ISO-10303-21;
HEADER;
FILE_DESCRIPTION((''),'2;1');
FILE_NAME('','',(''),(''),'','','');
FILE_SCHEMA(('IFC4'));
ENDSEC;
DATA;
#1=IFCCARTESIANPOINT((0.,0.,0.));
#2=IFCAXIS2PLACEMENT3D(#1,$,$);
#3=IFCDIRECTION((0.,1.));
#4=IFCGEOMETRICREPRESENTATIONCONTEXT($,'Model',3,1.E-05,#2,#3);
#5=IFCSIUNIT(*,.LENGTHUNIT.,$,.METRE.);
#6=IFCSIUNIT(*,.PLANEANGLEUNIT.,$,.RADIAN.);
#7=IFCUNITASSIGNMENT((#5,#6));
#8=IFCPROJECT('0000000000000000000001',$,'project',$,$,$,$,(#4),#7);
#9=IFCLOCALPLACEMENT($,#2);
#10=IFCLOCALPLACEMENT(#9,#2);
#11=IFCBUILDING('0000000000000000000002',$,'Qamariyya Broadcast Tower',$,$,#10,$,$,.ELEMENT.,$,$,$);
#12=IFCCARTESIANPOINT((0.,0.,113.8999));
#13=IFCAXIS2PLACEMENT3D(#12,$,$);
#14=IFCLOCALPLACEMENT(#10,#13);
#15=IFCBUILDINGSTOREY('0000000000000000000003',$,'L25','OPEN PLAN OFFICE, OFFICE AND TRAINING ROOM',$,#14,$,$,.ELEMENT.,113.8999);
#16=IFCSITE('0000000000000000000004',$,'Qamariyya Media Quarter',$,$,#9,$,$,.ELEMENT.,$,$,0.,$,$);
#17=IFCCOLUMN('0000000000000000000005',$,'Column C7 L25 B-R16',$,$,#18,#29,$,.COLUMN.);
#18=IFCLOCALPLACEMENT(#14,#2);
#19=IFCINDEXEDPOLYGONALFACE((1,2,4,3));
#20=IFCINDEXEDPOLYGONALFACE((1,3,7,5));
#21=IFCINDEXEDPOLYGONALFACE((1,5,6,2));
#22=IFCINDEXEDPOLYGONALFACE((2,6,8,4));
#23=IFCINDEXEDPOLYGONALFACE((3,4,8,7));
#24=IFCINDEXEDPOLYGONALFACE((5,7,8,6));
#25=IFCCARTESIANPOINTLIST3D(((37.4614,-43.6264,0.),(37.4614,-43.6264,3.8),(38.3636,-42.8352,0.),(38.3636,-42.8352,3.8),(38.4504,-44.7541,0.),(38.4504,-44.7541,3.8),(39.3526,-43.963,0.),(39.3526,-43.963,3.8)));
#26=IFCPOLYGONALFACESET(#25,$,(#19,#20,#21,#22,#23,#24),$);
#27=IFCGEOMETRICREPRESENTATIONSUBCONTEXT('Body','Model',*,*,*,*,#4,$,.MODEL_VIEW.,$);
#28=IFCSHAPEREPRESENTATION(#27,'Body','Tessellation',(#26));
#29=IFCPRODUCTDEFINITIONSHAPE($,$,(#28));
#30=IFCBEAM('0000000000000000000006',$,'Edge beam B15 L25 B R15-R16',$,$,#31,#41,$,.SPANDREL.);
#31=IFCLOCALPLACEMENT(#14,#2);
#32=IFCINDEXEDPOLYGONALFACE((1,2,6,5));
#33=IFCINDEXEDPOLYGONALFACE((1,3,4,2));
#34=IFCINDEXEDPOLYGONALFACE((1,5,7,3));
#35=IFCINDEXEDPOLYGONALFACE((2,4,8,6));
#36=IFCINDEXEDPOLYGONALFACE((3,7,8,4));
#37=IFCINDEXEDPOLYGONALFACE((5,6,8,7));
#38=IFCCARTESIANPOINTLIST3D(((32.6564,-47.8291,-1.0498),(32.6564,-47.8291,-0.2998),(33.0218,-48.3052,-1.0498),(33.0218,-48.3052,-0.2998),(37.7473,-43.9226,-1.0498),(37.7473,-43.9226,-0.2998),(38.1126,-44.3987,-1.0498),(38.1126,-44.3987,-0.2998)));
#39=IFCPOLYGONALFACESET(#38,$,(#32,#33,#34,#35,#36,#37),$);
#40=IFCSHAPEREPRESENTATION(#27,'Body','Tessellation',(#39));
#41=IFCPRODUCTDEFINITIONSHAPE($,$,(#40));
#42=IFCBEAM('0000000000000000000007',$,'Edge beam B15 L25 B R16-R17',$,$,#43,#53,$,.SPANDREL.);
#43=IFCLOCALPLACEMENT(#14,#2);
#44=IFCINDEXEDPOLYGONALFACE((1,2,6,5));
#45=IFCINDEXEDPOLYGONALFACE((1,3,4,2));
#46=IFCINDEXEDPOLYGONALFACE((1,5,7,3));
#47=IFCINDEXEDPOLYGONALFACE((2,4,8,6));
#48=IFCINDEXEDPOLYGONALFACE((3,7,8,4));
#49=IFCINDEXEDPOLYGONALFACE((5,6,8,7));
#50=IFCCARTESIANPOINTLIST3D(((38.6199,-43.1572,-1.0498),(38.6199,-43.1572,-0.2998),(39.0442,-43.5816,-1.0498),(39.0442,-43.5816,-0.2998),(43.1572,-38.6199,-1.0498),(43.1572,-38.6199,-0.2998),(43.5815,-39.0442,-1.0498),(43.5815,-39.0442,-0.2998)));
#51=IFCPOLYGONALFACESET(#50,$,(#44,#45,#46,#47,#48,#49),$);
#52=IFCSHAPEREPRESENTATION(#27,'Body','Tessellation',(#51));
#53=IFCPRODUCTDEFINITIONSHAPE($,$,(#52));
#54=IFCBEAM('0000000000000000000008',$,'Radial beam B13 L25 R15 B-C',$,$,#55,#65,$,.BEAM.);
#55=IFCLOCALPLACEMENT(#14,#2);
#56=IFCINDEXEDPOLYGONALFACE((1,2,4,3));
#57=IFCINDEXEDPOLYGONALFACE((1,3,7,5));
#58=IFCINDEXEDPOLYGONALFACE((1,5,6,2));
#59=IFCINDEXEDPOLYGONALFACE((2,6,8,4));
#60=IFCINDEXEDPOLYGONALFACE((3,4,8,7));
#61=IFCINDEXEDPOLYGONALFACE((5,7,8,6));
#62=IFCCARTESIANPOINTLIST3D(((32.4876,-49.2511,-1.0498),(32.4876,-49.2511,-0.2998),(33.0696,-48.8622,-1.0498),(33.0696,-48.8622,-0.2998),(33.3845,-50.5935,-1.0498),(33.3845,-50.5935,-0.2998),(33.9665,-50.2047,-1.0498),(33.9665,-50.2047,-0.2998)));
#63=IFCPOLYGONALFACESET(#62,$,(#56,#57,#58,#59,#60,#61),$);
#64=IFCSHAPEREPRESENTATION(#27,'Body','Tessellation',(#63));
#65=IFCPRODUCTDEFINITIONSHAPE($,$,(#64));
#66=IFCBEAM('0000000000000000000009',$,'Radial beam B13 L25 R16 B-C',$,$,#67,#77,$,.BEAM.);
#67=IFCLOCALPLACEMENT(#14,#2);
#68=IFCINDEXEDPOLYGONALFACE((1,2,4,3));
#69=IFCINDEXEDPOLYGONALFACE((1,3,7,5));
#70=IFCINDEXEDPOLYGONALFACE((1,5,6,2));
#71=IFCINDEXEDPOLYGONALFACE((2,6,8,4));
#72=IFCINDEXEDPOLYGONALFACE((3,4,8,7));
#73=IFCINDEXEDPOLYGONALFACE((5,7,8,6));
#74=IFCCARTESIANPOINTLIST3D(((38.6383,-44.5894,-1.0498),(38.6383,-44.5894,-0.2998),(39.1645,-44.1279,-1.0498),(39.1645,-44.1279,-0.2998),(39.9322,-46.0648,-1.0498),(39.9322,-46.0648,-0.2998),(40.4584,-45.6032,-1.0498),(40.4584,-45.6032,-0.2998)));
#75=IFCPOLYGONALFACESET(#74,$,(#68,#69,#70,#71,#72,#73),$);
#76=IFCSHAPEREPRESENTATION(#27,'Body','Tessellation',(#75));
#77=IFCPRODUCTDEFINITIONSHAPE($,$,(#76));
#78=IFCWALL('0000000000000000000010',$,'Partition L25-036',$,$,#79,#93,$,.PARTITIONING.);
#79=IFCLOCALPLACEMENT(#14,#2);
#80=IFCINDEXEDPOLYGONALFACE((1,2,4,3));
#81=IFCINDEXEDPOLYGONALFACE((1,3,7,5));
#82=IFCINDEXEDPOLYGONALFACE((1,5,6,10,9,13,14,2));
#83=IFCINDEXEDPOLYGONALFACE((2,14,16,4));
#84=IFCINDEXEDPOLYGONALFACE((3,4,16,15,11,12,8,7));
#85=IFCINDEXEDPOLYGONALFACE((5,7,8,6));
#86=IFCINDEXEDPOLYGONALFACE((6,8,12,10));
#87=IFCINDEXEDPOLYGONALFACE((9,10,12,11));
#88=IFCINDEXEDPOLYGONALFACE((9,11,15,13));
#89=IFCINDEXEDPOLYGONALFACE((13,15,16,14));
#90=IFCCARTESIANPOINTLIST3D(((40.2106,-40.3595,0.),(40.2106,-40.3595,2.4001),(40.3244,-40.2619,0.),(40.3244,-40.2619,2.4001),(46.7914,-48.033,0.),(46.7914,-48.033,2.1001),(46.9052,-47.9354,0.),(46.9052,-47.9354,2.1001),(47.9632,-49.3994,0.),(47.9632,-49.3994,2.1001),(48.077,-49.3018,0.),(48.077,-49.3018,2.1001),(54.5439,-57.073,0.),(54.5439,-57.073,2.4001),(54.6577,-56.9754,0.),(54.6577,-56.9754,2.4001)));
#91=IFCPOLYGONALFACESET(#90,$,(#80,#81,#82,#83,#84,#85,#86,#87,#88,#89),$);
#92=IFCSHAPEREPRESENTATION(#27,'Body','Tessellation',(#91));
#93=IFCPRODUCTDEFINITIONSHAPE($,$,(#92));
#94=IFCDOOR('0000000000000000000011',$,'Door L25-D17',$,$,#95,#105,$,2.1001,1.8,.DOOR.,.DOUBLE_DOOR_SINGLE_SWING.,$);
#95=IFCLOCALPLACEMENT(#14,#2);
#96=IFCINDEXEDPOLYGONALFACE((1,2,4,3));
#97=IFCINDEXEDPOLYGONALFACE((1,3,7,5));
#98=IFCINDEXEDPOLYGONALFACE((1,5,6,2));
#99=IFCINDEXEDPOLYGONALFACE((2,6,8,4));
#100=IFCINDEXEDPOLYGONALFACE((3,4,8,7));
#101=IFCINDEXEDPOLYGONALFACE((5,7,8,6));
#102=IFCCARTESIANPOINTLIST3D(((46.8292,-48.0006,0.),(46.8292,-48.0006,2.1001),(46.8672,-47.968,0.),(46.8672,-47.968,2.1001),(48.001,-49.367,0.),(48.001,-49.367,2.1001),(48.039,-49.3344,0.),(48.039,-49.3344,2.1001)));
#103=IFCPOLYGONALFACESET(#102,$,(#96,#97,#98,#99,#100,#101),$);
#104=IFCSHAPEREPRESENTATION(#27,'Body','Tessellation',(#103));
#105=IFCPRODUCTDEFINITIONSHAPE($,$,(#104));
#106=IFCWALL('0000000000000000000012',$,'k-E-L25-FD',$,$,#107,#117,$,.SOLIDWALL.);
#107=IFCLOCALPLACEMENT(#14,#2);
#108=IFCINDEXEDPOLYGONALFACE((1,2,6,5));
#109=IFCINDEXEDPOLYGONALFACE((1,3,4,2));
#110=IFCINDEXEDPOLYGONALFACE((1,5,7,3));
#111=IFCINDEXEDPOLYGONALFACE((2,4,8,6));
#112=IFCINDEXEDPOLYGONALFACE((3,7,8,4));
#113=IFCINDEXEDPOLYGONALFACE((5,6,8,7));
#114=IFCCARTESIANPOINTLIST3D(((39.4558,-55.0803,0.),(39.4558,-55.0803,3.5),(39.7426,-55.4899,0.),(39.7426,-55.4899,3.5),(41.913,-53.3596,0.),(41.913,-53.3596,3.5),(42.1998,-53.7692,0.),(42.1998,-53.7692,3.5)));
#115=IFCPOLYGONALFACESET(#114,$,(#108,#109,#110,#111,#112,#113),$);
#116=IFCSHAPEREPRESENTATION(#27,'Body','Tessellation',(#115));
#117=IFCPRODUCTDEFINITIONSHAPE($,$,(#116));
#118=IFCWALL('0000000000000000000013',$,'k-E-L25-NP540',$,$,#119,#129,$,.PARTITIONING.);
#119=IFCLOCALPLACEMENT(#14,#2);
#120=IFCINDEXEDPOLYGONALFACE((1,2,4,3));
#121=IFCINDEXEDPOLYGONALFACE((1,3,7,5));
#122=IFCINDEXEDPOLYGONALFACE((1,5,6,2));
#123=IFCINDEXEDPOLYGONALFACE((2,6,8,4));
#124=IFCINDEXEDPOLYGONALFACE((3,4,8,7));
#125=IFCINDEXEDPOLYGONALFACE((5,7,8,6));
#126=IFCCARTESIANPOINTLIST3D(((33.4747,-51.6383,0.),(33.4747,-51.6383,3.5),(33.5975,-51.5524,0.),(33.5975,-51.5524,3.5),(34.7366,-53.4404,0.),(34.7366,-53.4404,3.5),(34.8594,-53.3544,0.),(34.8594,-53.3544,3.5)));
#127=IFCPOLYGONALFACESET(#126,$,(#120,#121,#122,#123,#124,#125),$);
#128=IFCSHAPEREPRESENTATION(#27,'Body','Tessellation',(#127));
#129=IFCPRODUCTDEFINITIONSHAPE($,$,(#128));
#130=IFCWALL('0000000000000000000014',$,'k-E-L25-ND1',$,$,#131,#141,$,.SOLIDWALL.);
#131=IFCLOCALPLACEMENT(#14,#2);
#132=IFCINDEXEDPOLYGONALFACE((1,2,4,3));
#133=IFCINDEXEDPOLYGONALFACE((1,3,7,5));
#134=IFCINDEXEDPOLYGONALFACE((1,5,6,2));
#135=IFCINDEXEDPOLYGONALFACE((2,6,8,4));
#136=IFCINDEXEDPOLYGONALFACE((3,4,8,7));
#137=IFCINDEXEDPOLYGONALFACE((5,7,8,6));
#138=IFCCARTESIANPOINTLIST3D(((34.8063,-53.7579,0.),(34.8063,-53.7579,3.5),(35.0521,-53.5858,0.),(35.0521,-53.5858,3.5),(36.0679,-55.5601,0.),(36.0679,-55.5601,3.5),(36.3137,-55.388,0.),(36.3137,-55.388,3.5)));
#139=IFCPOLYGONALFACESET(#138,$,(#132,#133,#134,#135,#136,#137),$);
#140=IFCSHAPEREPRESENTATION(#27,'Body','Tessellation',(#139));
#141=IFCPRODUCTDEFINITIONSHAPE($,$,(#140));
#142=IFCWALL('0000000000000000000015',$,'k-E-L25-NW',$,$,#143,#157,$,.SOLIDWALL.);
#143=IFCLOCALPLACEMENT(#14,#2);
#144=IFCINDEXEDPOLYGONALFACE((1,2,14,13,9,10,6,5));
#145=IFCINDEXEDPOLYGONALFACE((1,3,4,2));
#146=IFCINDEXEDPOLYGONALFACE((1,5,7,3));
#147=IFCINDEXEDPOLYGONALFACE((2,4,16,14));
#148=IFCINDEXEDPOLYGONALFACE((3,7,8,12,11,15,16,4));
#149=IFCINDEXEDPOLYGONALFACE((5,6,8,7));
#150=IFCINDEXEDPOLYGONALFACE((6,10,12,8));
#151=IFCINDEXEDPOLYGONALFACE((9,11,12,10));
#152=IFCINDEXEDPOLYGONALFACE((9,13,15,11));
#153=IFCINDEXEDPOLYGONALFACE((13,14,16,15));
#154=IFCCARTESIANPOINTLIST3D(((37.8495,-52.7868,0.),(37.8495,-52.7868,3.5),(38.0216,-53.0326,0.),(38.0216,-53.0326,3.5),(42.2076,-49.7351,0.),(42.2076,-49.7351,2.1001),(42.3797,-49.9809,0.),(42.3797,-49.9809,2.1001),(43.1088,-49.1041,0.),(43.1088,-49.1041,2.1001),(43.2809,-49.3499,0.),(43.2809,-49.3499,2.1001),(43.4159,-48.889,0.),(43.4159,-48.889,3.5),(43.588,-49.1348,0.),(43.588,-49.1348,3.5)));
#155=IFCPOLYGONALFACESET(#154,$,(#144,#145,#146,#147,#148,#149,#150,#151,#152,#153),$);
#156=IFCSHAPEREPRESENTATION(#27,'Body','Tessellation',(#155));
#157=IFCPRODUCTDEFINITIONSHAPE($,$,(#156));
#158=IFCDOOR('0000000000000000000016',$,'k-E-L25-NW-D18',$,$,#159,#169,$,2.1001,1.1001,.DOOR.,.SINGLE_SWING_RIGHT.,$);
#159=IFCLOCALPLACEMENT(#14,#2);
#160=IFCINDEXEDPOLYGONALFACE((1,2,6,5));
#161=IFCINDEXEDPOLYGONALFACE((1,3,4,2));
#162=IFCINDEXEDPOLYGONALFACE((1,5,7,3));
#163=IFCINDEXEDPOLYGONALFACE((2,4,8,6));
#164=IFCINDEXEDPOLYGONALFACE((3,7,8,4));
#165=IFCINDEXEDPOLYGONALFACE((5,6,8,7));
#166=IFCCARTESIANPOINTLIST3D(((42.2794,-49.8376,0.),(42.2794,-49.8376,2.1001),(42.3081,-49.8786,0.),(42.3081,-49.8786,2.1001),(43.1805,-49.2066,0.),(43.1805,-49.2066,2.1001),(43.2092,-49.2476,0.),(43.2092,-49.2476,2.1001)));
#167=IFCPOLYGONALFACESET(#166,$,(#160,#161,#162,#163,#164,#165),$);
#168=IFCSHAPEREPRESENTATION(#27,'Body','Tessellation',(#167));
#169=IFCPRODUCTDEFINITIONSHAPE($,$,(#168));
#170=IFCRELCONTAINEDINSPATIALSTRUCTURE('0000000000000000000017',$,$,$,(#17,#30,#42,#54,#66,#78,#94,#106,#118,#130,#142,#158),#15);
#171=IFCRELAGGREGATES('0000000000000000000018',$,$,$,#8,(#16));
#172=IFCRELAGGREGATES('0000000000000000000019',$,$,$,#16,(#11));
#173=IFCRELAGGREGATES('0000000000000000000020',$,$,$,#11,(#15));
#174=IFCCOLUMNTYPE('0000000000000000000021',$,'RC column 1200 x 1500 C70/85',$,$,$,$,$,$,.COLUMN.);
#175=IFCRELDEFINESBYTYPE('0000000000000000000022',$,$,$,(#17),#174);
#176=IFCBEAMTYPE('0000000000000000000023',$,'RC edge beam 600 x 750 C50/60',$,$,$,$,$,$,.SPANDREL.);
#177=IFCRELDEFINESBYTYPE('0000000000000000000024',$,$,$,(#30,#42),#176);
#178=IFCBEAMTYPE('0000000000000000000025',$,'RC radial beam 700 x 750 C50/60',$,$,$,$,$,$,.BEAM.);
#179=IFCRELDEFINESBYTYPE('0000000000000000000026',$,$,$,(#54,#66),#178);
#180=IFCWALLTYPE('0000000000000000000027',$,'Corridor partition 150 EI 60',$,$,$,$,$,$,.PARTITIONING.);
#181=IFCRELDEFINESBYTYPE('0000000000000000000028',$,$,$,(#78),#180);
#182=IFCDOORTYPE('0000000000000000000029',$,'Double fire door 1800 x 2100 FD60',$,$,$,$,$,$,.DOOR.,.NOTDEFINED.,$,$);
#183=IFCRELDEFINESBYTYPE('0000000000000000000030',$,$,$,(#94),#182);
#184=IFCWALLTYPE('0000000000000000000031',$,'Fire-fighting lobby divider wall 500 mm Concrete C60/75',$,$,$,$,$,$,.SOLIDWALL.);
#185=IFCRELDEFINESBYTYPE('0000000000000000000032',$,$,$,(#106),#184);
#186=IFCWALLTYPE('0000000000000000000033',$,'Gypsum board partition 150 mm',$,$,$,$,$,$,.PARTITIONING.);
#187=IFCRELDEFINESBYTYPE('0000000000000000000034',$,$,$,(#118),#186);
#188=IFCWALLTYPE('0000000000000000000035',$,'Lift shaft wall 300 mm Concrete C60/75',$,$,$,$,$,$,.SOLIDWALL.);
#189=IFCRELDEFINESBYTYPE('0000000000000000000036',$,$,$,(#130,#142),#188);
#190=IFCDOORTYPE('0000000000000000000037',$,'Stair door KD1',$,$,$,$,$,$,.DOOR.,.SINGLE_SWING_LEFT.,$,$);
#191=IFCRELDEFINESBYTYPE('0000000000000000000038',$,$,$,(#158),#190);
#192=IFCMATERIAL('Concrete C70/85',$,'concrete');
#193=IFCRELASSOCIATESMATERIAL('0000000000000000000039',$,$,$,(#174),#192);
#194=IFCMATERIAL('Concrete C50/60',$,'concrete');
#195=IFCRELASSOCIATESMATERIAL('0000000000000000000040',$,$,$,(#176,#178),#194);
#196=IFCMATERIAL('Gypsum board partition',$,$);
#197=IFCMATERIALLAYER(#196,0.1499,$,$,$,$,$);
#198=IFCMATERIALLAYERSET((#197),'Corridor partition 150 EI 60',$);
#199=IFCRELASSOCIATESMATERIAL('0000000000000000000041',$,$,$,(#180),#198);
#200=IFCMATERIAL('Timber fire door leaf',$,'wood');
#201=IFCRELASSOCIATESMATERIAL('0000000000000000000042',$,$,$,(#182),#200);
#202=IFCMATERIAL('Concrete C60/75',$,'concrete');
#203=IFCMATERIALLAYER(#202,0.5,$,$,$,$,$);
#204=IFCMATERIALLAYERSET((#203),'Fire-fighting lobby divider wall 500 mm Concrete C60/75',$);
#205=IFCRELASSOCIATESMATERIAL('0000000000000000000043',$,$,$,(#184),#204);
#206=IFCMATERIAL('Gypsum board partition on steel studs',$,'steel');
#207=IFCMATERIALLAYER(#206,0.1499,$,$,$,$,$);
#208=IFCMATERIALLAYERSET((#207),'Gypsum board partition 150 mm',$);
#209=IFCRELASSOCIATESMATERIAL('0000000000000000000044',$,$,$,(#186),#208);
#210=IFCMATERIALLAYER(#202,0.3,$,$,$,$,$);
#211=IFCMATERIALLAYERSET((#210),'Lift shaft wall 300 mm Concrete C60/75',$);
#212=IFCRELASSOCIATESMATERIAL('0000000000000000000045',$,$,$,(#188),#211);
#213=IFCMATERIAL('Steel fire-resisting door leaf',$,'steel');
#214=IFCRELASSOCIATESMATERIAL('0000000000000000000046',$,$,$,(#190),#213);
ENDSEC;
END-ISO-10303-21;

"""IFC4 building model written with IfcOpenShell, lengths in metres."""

from ifc_helpers import new_model, si_unit, direction, frame, frame_2d, origin, origin_2d, place, context, subcontext, project, spatial, rectangle, extrude, material, layer, layer_set, material_profile, profile_set, type_object, element, fill, save


model = new_model("IFC4")

# Units and contexts
model_context = context("Model", 3, precision=1e-05, world=origin(), true_north=direction((0.0, 1.0)))
body_context = subcontext(model_context, "Body", "Model", "MODEL_VIEW")
ifc_project = project(units=[si_unit("LENGTHUNIT", "METRE"), si_unit("PLANEANGLEUNIT", "RADIAN")], contexts=[model_context])

# Site, building, storey
site_placement = place(None, origin())
site = spatial("IfcSite", under=ifc_project, at=site_placement, Name="Qamariyya Media Quarter", CompositionType="ELEMENT", RefElevation=0.0)
building_placement = place(site_placement, origin())
building = spatial("IfcBuilding", under=site, at=building_placement, Name="Qamariyya Broadcast Tower", CompositionType="ELEMENT")
storey_placement = place(building_placement, frame((0.0, 0.0, 113.8999)))
storey = spatial("IfcBuildingStorey", under=building, at=storey_placement, Name="L25", Description="OPEN PLAN OFFICE, OFFICE AND TRAINING ROOM", CompositionType="ELEMENT", Elevation=113.8999)

# Column
ifc_material_1 = material(Name="Concrete C70/85", Category="concrete")
ifc_material_profile_1 = material_profile(ifc_material_1, rectangle(XDim=1.2, YDim=1.5, at=origin_2d()))
ifc_profile_set_1 = profile_set([ifc_material_profile_1], Name="Concrete C70/85")
column_type = type_object("IfcColumnType", Name="RC column 1200 x 1500 C70/85", PredefinedType="COLUMN", material=ifc_profile_set_1)
column_placement = place(storey_placement, frame((38.407, -43.7947, 0.0), z_axis=(0.0, 0.0, 1.0), x_axis=(0.75184, 0.659346, 0.0)))
element("IfcColumn", 1, at=column_placement, inside=storey, type_object=column_type, Name="Column C7 L25 B-R16", PredefinedType="COLUMN", context=body_context, shape_type="SweptSolid", body=[
    extrude(rectangle(XDim=1.2, YDim=1.5, at=origin_2d()), origin(), (0.0, 0.0, 1.0), 3.8),
])

# Beams
ifc_material_2 = material(Name="Concrete C50/60", Category="concrete")
ifc_material_profile_2 = material_profile(ifc_material_2, rectangle(XDim=0.6001, YDim=0.75, at=origin_2d()))
ifc_profile_set_2 = profile_set([ifc_material_profile_2], Name="Concrete C50/60")
beam_type_1 = type_object("IfcBeamType", Name="RC edge beam 600 x 750 C50/60", PredefinedType="SPANDREL", material=ifc_profile_set_2)
beam_1_placement = place(storey_placement, frame((32.8391, -48.0671, -0.6748), z_axis=(0.793341, 0.608778, 0.0), x_axis=(-0.608778, 0.793341, 0.0)))
element("IfcBeam", 2, at=beam_1_placement, inside=storey, type_object=beam_type_1, Name="Edge beam B15 L25 B R15-R16", PredefinedType="SPANDREL", context=body_context, shape_type="SweptSolid", body=[
    extrude(rectangle(XDim=0.6001, YDim=0.75, at=origin_2d()), origin(), (0.0, 0.0, 1.0), 6.417),
])
beam_2_placement = place(storey_placement, frame((38.832, -43.3694, -0.6748), z_axis=(0.707107, 0.707107, 0.0), x_axis=(-0.707107, 0.707107, 0.0)))
element("IfcBeam", 3, at=beam_2_placement, inside=storey, type_object=beam_type_1, Name="Edge beam B15 L25 B R16-R17", PredefinedType="SPANDREL", context=body_context, shape_type="SweptSolid", body=[
    extrude(rectangle(XDim=0.6001, YDim=0.75, at=origin_2d()), origin(), (0.0, 0.0, 1.0), 6.4167),
])
ifc_material_profile_3 = material_profile(ifc_material_2, rectangle(XDim=0.7, YDim=0.75, at=origin_2d()))
ifc_profile_set_3 = profile_set([ifc_material_profile_3], Name="Concrete C50/60")
beam_type_2 = type_object("IfcBeamType", Name="RC radial beam 700 x 750 C50/60", PredefinedType="BEAM", material=ifc_profile_set_3)
beam_3_placement = place(storey_placement, frame((32.7786, -49.0566, -0.6748), z_axis=(0.555537, -0.831492, 0.0), x_axis=(0.831492, 0.555537, 0.0)))
element("IfcBeam", 4, at=beam_3_placement, inside=storey, type_object=beam_type_2, Name="Radial beam B13 L25 R15 B-C", PredefinedType="BEAM", context=body_context, shape_type="SweptSolid", body=[
    extrude(rectangle(XDim=0.7, YDim=0.75, at=origin_2d()), origin(), (0.0, 0.0, 1.0), 1.6145),
])
beam_4_placement = place(storey_placement, frame((38.9014, -44.3586, -0.6748), z_axis=(0.659376, -0.751813, 0.0), x_axis=(0.751813, 0.659376, 0.0)))
element("IfcBeam", 5, at=beam_4_placement, inside=storey, type_object=beam_type_2, Name="Radial beam B13 L25 R16 B-C", PredefinedType="BEAM", context=body_context, shape_type="SweptSolid", body=[
    extrude(rectangle(XDim=0.7, YDim=0.75, at=origin_2d()), origin(), (0.0, 0.0, 1.0), 1.9624),
])

# Wall, opening, door
ifc_material_3 = material(Name="Gypsum board partition")
ifc_layer_1 = layer(ifc_material_3, 0.1499)
ifc_layer_set_1 = layer_set([ifc_layer_1], Name="Corridor partition 150 EI 60")
wall_type_1 = type_object("IfcWallType", Name="Corridor partition 150 EI 60", PredefinedType="PARTITIONING", material=ifc_layer_set_1)
wall_1_placement = place(storey_placement, frame((40.2676, -40.3108, 0.0), z_axis=(0.0, 0.0, 1.0), x_axis=(0.650988, -0.759088, 0.0)))
wall_1 = element("IfcWall", 6, at=wall_1_placement, inside=storey, type_object=wall_type_1, Name="Partition L25-036", PredefinedType="PARTITIONING", context=body_context, shape_type="SweptSolid", body=[
    extrude(rectangle(XDim=22.0178, YDim=0.1499, at=frame_2d((11.0088, 0.0))), origin(), (0.0, 0.0, 1.0), 2.4001),
])
opening_1_placement = place(wall_1_placement, frame((10.1089, 0.0, 0.0)))
opening_1 = element("IfcOpeningElement", 7, at=opening_1_placement, cuts=wall_1, PredefinedType="OPENING", context=body_context, shape_type="SweptSolid", body=[
    extrude(rectangle(XDim=1.8, YDim=2.1001, at=frame_2d((0.8999, 1.05))), frame((0.0, 0.085, 0.0), z_axis=(0.0, -1.0, 0.0), x_axis=(1.0, 0.0, 0.0)), (0.0, 0.0, 1.0), 0.1699),
])
ifc_material_4 = material(Name="Timber fire door leaf", Category="wood")
door_type_1 = type_object("IfcDoorType", Name="Double fire door 1800 x 2100 FD60", OperationType="NOTDEFINED", PredefinedType="DOOR", material=ifc_material_4)
door_1_placement = place(opening_1_placement, origin())
door_1 = element("IfcDoor", 8, at=door_1_placement, inside=storey, type_object=door_type_1, Name="Door L25-D17", OperationType="DOUBLE_DOOR_SINGLE_SWING", OverallHeight=2.1001, OverallWidth=1.8, PredefinedType="DOOR", context=body_context, shape_type="SweptSolid", body=[
    extrude(rectangle(XDim=1.8, YDim=2.1001, at=frame_2d((0.8999, 1.05))), frame((0.0, 0.0249, 0.0), z_axis=(0.0, -1.0, 0.0), x_axis=(1.0, 0.0, 0.0)), (0.0, 0.0, 1.0), 0.05),
])
fill(opening_1, door_1)

# Walls
ifc_material_5 = material(Name="Concrete C60/75", Category="concrete")
ifc_layer_2 = layer(ifc_material_5, 0.5)
ifc_layer_set_2 = layer_set([ifc_layer_2], Name="Fire-fighting lobby divider wall 500 mm Concrete C60/75")
wall_type_2 = type_object("IfcWallType", Name="Fire-fighting lobby divider wall 500 mm Concrete C60/75", PredefinedType="SOLIDWALL", material=ifc_layer_set_2)
wall_2_placement = place(storey_placement, frame((39.5991, -55.2852, 0.0), z_axis=(0.0, 0.0, 1.0), x_axis=(0.819136, 0.573599, 0.0)))
element("IfcWall", 9, at=wall_2_placement, inside=storey, type_object=wall_type_2, Name="k-E-L25-FD", PredefinedType="SOLIDWALL", context=body_context, shape_type="SweptSolid", body=[
    extrude(rectangle(XDim=2.9998, YDim=0.5, at=frame_2d((1.5, 0.0))), origin(), (0.0, 0.0, 1.0), 3.5),
])
ifc_material_6 = material(Name="Gypsum board partition on steel studs", Category="steel")
ifc_layer_3 = layer(ifc_material_6, 0.1499)
ifc_layer_set_3 = layer_set([ifc_layer_3], Name="Gypsum board partition 150 mm")
wall_type_3 = type_object("IfcWallType", Name="Gypsum board partition 150 mm", PredefinedType="PARTITIONING", material=ifc_layer_set_3)
wall_3_placement = place(storey_placement, frame((34.7981, -53.3975, 0.0), z_axis=(0.0, 0.0, 1.0), x_axis=(-0.573634, 0.819112, 0.0)))
element("IfcWall", 10, at=wall_3_placement, inside=storey, type_object=wall_type_3, Name="k-E-L25-NP540", PredefinedType="PARTITIONING", context=body_context, shape_type="SweptSolid", body=[
    extrude(rectangle(XDim=2.2, YDim=0.1499, at=frame_2d((1.1001, 0.0))), origin(), (0.0, 0.0, 1.0), 3.5),
])
ifc_layer_4 = layer(ifc_material_5, 0.3)
ifc_layer_set_4 = layer_set([ifc_layer_4], Name="Lift shaft wall 300 mm Concrete C60/75")
wall_type_4 = type_object("IfcWallType", Name="Lift shaft wall 300 mm Concrete C60/75", PredefinedType="SOLIDWALL", material=ifc_layer_set_4)
wall_4_placement = place(storey_placement, frame((36.1909, -55.4741, 0.0), z_axis=(0.0, 0.0, 1.0), x_axis=(-0.573507, 0.819201, 0.0)))
element("IfcWall", 11, at=wall_4_placement, inside=storey, type_object=wall_type_4, Name="k-E-L25-ND1", PredefinedType="SOLIDWALL", context=body_context, shape_type="SweptSolid", body=[
    extrude(rectangle(XDim=2.2, YDim=0.3, at=frame_2d((1.1001, 0.0))), origin(), (0.0, 0.0, 1.0), 3.5),
])

# Wall, opening, door
wall_5_placement = place(storey_placement, frame((37.9355, -52.9097, 0.0), z_axis=(0.0, 0.0, 1.0), x_axis=(0.819148, 0.573583, 0.0)))
wall_5 = element("IfcWall", 12, at=wall_5_placement, inside=storey, type_object=wall_type_4, Name="k-E-L25-NW", PredefinedType="SOLIDWALL", context=body_context, shape_type="SweptSolid", body=[
    extrude(rectangle(XDim=6.7954, YDim=0.3, at=frame_2d((3.3977, 0.0))), origin(), (0.0, 0.0, 1.0), 3.5),
])
opening_2_placement = place(wall_5_placement, frame((5.3203, 0.0, 0.0)))
opening_2 = element("IfcOpeningElement", 13, at=opening_2_placement, cuts=wall_5, PredefinedType="OPENING", context=body_context, shape_type="SweptSolid", body=[
    extrude(rectangle(XDim=1.1001, YDim=2.1001, at=frame_2d((0.55, 1.05))), frame((0.0, 0.1599, 0.0), z_axis=(0.0, -1.0, 0.0), x_axis=(1.0, 0.0, 0.0)), (0.0, 0.0, 1.0), 0.3201),
])
ifc_material_7 = material(Name="Steel fire-resisting door leaf", Category="steel")
door_type_2 = type_object("IfcDoorType", Name="Stair door KD1", OperationType="SINGLE_SWING_LEFT", PredefinedType="DOOR", material=ifc_material_7)
door_2_placement = place(opening_2_placement, origin())
door_2 = element("IfcDoor", 14, at=door_2_placement, inside=storey, type_object=door_type_2, Name="k-E-L25-NW-D18", OperationType="SINGLE_SWING_RIGHT", OverallHeight=2.1001, OverallWidth=1.1001, PredefinedType="DOOR", context=body_context, shape_type="SweptSolid", body=[
    extrude(rectangle(XDim=1.1001, YDim=2.1001, at=frame_2d((0.55, 1.05))), frame((0.0, 0.0249, 0.0), z_axis=(0.0, -1.0, 0.0), x_axis=(1.0, 0.0, 0.0)), (0.0, 0.0, 1.0), 0.05),
])
fill(opening_2, door_2)

save(model, "model.ifc")
